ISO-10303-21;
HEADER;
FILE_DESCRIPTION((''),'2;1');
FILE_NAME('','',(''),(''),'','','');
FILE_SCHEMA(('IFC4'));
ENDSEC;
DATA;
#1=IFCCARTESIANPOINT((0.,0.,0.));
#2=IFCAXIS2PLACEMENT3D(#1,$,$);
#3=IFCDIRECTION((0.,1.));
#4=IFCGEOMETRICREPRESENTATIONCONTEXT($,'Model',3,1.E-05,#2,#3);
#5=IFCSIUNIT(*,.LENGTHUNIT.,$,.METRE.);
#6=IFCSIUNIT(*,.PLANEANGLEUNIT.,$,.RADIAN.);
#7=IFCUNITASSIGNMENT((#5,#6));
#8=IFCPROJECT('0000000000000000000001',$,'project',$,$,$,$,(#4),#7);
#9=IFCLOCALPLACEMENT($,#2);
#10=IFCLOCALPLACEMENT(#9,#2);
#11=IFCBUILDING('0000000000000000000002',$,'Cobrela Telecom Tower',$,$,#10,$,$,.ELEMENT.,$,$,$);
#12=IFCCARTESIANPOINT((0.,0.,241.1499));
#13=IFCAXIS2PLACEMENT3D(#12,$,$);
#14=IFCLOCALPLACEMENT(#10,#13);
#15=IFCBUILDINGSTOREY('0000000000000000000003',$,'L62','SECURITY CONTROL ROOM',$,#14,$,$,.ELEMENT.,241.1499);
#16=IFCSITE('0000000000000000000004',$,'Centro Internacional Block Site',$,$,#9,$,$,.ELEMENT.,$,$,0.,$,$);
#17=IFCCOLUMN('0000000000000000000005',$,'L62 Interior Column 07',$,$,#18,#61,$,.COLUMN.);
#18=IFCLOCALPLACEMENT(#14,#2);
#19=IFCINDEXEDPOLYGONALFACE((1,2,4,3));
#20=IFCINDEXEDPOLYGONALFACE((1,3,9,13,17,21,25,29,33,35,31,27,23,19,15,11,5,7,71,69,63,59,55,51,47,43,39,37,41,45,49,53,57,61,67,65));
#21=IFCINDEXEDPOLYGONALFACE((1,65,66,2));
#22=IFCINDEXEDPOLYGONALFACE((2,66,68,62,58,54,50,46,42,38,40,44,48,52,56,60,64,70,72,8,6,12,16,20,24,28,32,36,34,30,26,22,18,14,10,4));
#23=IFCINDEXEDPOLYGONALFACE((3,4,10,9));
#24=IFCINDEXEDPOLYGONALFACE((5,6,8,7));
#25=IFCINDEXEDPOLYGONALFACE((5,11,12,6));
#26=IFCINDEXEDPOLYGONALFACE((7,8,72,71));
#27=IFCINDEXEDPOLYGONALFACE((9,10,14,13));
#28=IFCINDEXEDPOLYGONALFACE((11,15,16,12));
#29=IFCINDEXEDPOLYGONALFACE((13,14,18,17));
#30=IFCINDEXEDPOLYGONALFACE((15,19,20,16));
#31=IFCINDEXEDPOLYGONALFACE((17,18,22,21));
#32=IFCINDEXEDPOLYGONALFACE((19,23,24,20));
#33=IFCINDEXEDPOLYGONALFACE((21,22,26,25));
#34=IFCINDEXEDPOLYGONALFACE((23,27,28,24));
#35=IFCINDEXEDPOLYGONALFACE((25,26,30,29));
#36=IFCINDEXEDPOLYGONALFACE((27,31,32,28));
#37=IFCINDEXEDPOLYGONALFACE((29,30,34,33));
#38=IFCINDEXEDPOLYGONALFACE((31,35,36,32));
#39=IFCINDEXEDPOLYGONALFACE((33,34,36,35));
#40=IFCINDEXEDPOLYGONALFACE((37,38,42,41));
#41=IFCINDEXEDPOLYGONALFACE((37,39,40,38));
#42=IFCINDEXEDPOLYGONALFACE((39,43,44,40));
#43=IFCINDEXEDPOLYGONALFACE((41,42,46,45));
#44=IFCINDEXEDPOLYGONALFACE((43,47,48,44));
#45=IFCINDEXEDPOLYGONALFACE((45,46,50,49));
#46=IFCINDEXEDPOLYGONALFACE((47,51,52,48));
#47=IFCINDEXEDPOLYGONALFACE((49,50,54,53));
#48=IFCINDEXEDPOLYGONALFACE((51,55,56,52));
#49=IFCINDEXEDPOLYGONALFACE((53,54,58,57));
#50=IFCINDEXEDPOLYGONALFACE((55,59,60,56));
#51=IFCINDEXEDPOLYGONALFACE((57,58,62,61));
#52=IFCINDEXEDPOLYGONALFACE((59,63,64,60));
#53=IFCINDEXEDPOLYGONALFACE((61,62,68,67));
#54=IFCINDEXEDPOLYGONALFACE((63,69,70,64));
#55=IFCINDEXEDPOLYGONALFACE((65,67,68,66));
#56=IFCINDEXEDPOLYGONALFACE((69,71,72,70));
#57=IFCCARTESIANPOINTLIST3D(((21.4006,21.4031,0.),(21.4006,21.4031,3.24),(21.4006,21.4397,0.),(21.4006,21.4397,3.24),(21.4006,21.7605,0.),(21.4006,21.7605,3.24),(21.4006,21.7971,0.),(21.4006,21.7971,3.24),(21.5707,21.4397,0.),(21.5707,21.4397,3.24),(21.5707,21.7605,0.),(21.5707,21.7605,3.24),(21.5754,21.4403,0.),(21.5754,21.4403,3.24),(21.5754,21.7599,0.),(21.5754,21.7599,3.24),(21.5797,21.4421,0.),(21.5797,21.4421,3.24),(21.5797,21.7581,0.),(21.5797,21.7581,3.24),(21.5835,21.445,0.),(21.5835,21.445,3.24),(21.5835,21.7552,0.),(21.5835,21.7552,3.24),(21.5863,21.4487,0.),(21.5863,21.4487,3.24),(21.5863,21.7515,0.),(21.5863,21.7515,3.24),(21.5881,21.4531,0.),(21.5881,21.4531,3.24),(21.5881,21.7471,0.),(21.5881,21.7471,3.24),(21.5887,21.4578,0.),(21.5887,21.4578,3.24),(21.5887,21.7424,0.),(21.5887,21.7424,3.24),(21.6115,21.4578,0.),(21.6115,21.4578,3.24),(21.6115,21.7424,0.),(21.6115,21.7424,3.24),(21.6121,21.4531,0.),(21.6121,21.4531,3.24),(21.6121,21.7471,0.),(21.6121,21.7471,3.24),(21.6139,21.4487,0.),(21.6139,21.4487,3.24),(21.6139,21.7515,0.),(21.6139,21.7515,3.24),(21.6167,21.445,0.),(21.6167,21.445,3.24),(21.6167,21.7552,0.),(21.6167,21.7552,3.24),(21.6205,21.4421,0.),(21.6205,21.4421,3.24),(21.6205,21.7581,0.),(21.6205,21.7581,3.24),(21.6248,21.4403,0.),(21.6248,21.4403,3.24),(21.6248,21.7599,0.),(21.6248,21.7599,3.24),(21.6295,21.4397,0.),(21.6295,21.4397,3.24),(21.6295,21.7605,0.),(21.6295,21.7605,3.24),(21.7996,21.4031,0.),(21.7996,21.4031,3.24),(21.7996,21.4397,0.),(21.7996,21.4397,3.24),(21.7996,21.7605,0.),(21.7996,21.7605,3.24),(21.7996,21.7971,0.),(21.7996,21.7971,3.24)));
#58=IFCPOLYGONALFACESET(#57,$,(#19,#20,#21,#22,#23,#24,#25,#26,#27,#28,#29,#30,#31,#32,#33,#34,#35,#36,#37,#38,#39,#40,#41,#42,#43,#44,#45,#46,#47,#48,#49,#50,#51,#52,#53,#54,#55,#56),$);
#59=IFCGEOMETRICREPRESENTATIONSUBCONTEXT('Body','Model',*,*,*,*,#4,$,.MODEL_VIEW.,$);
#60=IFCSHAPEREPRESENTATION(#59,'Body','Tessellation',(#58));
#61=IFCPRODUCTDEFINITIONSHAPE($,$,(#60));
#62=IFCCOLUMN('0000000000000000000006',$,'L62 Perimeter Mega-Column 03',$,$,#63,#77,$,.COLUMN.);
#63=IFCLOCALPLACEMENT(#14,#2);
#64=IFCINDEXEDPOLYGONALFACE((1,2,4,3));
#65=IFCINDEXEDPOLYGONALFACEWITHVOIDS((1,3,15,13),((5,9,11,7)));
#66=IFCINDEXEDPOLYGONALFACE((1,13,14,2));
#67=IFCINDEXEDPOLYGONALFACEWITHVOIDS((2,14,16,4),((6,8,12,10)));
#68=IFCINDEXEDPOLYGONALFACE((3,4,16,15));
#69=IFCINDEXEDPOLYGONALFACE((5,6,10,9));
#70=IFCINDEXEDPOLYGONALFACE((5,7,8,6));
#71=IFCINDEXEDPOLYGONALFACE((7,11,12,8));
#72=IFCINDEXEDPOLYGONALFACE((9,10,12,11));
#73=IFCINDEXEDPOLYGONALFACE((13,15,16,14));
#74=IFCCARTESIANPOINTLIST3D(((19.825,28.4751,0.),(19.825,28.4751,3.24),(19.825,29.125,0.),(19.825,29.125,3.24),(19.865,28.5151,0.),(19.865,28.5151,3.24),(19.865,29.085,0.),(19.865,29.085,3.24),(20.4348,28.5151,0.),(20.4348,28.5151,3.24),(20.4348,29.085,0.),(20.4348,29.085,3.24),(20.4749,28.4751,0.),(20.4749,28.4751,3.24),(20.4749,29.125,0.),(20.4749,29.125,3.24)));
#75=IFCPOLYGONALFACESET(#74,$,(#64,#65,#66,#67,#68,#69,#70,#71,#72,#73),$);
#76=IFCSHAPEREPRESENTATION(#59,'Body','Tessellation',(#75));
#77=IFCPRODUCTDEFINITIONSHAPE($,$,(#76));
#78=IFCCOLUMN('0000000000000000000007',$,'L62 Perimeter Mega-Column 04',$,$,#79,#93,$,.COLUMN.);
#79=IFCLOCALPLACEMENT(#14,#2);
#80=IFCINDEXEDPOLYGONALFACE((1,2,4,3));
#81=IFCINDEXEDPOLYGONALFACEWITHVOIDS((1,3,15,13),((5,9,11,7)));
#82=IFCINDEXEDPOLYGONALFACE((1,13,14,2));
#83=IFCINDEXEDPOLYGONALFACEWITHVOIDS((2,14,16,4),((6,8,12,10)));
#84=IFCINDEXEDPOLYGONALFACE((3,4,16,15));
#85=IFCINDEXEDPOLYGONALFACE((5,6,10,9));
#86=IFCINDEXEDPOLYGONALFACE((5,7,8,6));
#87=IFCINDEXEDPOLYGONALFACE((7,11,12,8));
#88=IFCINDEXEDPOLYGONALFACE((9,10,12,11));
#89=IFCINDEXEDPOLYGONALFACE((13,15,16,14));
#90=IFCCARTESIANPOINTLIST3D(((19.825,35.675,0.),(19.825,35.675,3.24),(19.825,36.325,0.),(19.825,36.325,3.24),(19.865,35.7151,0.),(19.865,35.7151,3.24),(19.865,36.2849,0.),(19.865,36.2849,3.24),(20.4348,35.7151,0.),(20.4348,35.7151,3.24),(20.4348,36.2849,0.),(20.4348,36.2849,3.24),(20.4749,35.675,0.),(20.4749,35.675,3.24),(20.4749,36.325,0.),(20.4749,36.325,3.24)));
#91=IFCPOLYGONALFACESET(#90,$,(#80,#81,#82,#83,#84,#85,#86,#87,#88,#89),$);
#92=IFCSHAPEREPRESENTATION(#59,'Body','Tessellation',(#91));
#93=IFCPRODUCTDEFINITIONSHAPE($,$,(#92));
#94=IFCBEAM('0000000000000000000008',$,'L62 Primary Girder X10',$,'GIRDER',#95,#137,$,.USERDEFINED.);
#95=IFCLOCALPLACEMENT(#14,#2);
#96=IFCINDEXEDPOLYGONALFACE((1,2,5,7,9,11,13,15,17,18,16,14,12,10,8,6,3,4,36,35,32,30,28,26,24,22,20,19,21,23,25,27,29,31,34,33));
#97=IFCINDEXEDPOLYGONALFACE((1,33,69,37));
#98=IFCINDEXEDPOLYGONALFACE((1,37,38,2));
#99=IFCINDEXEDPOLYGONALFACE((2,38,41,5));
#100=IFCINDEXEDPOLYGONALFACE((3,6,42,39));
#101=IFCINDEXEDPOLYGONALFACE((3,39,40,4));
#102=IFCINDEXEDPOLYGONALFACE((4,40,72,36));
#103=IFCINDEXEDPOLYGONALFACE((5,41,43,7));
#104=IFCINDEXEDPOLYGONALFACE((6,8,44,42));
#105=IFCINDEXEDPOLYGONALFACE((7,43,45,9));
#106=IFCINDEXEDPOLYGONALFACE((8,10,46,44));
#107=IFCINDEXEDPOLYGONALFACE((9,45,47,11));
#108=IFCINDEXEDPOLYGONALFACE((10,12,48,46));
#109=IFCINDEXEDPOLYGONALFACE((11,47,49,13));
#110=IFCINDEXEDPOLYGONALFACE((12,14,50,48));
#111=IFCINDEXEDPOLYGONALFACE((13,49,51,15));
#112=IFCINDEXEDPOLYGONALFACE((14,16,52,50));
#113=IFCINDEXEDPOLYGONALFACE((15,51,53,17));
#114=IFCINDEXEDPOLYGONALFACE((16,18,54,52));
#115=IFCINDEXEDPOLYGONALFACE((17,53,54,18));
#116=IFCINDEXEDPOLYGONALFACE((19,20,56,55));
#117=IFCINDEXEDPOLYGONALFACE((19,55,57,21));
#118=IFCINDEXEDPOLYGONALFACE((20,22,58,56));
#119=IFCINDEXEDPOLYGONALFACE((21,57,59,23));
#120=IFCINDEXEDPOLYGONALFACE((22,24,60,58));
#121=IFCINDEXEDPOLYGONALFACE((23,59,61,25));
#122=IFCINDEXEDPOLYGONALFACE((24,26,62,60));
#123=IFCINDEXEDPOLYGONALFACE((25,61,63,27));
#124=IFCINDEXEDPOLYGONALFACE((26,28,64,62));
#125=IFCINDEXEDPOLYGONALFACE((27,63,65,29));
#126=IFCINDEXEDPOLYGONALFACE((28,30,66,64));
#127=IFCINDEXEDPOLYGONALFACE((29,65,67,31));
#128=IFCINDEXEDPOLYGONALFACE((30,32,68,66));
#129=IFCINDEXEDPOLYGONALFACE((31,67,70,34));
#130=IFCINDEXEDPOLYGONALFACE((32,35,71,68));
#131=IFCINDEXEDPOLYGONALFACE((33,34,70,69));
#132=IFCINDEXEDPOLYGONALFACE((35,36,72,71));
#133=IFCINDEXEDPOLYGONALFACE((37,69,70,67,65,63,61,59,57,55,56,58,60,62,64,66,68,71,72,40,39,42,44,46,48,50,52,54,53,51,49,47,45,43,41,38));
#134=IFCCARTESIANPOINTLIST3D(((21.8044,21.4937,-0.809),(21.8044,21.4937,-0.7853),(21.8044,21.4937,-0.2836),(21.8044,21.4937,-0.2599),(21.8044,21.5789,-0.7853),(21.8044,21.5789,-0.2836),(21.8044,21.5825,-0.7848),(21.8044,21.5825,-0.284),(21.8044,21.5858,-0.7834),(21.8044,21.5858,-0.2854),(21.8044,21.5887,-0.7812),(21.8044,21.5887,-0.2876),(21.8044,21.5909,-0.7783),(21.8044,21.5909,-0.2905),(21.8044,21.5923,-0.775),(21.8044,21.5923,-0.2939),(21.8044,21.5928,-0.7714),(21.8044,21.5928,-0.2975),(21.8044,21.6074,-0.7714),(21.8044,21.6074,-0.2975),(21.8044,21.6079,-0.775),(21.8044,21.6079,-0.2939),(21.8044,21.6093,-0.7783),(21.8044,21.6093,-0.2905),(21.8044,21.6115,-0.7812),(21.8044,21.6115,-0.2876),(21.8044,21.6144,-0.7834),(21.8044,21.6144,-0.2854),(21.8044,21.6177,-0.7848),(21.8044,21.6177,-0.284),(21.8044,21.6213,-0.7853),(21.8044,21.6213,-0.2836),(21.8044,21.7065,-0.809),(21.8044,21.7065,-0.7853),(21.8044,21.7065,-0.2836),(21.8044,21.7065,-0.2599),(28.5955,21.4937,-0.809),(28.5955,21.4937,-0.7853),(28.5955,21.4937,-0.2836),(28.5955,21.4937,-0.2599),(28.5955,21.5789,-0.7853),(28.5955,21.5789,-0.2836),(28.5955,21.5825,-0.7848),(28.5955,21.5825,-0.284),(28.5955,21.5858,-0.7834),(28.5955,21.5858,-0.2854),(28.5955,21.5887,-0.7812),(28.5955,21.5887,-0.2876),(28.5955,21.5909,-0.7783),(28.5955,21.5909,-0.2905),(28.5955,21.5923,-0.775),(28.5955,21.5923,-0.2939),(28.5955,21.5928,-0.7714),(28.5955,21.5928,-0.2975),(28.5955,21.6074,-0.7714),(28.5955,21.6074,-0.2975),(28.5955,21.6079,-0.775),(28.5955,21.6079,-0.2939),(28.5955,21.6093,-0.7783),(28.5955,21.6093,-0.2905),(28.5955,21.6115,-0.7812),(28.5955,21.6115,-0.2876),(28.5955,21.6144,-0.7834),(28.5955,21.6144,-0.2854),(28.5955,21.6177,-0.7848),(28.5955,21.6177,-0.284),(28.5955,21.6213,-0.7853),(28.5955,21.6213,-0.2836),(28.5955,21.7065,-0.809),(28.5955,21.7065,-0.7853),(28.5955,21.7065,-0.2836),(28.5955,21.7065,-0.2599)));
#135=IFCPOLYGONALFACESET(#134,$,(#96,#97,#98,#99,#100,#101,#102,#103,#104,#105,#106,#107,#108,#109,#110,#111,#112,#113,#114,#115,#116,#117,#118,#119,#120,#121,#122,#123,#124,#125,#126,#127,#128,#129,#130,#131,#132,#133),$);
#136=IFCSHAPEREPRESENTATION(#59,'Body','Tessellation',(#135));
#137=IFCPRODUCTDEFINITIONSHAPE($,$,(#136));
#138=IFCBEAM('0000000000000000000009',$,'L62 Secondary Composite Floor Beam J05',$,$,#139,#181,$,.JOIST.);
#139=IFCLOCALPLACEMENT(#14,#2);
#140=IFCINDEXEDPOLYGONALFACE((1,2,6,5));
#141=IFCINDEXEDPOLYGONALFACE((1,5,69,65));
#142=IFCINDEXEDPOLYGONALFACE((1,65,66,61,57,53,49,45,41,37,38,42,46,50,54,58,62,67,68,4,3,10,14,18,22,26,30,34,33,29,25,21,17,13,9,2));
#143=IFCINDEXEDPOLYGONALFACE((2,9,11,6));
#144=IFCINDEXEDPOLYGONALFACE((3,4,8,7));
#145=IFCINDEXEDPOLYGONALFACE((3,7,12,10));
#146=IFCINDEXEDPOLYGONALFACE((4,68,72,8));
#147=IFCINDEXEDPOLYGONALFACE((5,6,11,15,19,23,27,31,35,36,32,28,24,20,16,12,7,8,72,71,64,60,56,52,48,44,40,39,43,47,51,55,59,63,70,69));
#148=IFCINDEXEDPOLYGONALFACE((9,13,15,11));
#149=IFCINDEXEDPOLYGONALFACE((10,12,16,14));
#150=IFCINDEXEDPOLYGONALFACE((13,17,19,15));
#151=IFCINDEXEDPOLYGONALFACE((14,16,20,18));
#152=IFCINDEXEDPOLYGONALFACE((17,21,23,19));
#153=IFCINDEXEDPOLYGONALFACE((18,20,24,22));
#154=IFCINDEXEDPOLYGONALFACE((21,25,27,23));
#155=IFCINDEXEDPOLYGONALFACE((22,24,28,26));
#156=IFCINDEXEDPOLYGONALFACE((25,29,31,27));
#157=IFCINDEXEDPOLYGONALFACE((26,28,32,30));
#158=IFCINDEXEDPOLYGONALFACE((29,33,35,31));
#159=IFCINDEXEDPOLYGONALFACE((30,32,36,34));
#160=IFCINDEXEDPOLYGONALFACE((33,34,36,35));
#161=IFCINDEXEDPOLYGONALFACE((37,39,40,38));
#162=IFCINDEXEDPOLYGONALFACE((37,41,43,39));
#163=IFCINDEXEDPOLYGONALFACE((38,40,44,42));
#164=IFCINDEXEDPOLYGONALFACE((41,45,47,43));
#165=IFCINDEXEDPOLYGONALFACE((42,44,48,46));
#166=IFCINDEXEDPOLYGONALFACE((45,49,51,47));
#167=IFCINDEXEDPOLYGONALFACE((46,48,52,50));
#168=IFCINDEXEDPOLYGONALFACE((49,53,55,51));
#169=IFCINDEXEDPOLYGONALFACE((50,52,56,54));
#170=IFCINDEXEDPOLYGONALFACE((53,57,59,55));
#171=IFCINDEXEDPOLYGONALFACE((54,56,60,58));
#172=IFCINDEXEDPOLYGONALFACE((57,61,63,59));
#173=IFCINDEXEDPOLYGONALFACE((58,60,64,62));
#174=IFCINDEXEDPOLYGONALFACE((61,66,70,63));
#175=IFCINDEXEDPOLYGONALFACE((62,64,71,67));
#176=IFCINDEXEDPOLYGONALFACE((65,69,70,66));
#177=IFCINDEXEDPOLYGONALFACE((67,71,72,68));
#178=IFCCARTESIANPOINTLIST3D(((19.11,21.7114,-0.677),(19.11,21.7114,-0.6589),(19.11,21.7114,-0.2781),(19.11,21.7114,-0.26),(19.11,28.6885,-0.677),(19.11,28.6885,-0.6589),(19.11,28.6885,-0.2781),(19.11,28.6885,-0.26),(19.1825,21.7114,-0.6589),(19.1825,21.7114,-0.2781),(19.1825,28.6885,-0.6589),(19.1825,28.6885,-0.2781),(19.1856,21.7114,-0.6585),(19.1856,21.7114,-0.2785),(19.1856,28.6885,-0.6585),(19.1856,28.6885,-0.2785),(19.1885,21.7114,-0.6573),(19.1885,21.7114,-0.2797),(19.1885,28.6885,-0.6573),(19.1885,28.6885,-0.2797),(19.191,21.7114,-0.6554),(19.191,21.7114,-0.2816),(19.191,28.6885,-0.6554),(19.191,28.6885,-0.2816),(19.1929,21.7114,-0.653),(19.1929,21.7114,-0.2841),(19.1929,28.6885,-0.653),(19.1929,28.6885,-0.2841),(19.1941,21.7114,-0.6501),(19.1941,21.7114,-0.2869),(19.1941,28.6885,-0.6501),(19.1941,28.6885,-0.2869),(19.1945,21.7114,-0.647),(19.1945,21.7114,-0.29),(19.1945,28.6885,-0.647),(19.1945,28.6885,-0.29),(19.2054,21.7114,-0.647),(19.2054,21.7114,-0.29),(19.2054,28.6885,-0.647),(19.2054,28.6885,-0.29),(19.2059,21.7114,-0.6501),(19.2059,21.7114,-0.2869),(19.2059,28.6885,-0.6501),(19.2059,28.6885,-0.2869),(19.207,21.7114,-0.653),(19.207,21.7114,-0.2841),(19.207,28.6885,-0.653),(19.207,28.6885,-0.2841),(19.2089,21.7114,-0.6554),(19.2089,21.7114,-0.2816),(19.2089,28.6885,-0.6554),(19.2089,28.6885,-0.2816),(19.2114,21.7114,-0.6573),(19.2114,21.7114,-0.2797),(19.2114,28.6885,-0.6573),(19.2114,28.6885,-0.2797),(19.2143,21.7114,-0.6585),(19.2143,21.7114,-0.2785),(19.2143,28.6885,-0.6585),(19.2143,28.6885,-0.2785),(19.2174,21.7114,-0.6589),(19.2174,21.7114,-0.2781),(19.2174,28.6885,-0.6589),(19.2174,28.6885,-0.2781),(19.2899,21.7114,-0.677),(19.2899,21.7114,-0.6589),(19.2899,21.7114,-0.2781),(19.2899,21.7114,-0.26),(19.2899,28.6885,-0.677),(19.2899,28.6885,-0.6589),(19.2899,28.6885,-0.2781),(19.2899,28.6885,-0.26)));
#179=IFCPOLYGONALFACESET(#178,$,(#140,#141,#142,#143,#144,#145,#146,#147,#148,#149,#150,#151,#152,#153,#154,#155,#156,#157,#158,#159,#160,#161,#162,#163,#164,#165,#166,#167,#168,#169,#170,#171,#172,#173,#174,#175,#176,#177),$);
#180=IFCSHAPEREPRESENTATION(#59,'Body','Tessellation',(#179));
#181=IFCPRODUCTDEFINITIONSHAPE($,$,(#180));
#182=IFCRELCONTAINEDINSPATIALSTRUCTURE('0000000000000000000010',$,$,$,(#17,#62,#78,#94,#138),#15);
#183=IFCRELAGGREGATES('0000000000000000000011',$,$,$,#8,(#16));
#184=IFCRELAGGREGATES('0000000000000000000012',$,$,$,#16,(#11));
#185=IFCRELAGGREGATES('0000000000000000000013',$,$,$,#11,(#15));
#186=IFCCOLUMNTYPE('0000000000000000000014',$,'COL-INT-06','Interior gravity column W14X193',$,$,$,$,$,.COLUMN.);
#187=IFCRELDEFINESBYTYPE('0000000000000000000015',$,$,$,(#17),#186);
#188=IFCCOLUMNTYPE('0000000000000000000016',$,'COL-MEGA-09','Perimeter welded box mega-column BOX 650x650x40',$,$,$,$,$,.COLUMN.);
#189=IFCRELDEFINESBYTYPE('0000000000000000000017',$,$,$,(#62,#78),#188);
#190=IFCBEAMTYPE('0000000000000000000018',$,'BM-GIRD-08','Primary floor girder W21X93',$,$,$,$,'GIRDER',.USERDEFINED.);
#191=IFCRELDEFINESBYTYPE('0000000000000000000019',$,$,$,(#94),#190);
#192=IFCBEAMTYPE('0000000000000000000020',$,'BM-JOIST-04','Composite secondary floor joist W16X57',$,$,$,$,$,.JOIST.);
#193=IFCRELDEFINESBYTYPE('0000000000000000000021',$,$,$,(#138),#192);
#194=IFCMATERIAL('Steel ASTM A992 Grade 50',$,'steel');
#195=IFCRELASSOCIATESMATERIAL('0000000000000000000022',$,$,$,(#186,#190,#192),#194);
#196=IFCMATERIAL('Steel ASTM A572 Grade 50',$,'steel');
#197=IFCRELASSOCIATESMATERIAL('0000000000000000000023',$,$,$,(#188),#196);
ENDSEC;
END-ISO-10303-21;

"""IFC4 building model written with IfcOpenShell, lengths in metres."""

from ifc_helpers import new_model, si_unit, direction, frame, origin, origin_2d, place, context, subcontext, project, spatial, hollow_rectangle, i_section, extrude, material, material_profile, profile_set, type_object, element, save


model = new_model("IFC4")

# Units and contexts
model_context = context("Model", 3, precision=1e-05, world=origin(), true_north=direction((0.0, 1.0)))
body_context = subcontext(model_context, "Body", "Model", "MODEL_VIEW")
ifc_project = project(units=[si_unit("LENGTHUNIT", "METRE"), si_unit("PLANEANGLEUNIT", "RADIAN")], contexts=[model_context])

# Site, building, storey
site_placement = place(None, origin())
site = spatial("IfcSite", under=ifc_project, at=site_placement, Name="Centro Internacional Block Site", CompositionType="ELEMENT", RefElevation=0.0)
building_placement = place(site_placement, origin())
building = spatial("IfcBuilding", under=site, at=building_placement, Name="Cobrela Telecom Tower", CompositionType="ELEMENT")
storey_placement = place(building_placement, frame((0.0, 0.0, 241.1499)))
storey = spatial("IfcBuildingStorey", under=building, at=storey_placement, Name="L62", Description="SECURITY CONTROL ROOM", CompositionType="ELEMENT", Elevation=241.1499)

# Columns
ifc_material_1 = material(Name="Steel ASTM A992 Grade 50", Category="steel")
ifc_material_profile_1 = material_profile(ifc_material_1, i_section(OverallWidth=0.3989, OverallDepth=0.394, WebThickness=0.0227, FlangeThickness=0.0366, FilletRadius=0.0181, at=origin_2d()), Name="W14X193")
ifc_profile_set_1 = profile_set([ifc_material_profile_1], Name="Steel ASTM A992 Grade 50")
column_type_1 = type_object("IfcColumnType", Name="COL-INT-06", Description="Interior gravity column W14X193", PredefinedType="COLUMN", material=ifc_profile_set_1)
column_placement = place(storey_placement, frame((21.6001, 21.6001, 0.0), z_axis=(0.0, 0.0, 1.0), x_axis=(1.0, 0.0, 0.0)))
element("IfcColumn", 1, at=column_placement, inside=storey, type_object=column_type_1, Name="L62 Interior Column 07", PredefinedType="COLUMN", context=body_context, shape_type="SweptSolid", body=[
    extrude(i_section(OverallWidth=0.3989, OverallDepth=0.394, WebThickness=0.0227, FlangeThickness=0.0366, FilletRadius=0.0181, at=origin_2d()), origin(), (0.0, 0.0, 1.0), 3.24),
])
ifc_material_2 = material(Name="Steel ASTM A572 Grade 50", Category="steel")
ifc_material_profile_2 = material_profile(ifc_material_2, hollow_rectangle(XDim=0.6499, YDim=0.6499, WallThickness=0.04, at=origin_2d()), Name="BOX 650x650x40")
ifc_profile_set_2 = profile_set([ifc_material_profile_2], Name="Steel ASTM A572 Grade 50")
column_type_2 = type_object("IfcColumnType", Name="COL-MEGA-09", Description="Perimeter welded box mega-column BOX 650x650x40", PredefinedType="COLUMN", material=ifc_profile_set_2)
for number, where, z_axis, x_axis, name in (
    (2, (20.1499, 28.8, 0.0), (0.0, 0.0, 1.0), (1.0, 0.0, 0.0), "L62 Perimeter Mega-Column 03"),
    (3, (20.1499, 36.0, 0.0), (0.0, 0.0, 1.0), (1.0, 0.0, 0.0), "L62 Perimeter Mega-Column 04"),
):
    element("IfcColumn", number, at=place(storey_placement, frame(where, z_axis=z_axis, x_axis=x_axis)), inside=storey, type_object=column_type_2, Name=name, PredefinedType="COLUMN", context=body_context, shape_type="SweptSolid", body=[
        extrude(hollow_rectangle(XDim=0.6499, YDim=0.6499, WallThickness=0.04, at=origin_2d()), origin(), (0.0, 0.0, 1.0), 3.24),
    ])

# Beams
ifc_material_profile_3 = material_profile(ifc_material_1, i_section(OverallWidth=0.2129, OverallDepth=0.5491, WebThickness=0.0146, FlangeThickness=0.0237, FilletRadius=0.0139, at=origin_2d()), Name="W21X93")
ifc_profile_set_3 = profile_set([ifc_material_profile_3], Name="Steel ASTM A992 Grade 50")
beam_type_1 = type_object("IfcBeamType", Name="BM-GIRD-08", Description="Primary floor girder W21X93", ElementType="GIRDER", PredefinedType="USERDEFINED", material=ifc_profile_set_3)
beam_1_placement = place(storey_placement, frame((21.8044, 21.6001, -0.5344), z_axis=(1.0, 0.0, 0.0), x_axis=(0.0, 1.0, 0.0)))
element("IfcBeam", 4, at=beam_1_placement, inside=storey, type_object=beam_type_1, Name="L62 Primary Girder X10", ObjectType="GIRDER", PredefinedType="USERDEFINED", context=body_context, shape_type="SweptSolid", body=[
    extrude(i_section(OverallWidth=0.2129, OverallDepth=0.5491, WebThickness=0.0146, FlangeThickness=0.0237, FilletRadius=0.0139, at=origin_2d()), origin(), (0.0, 0.0, 1.0), 6.791),
])
ifc_material_profile_4 = material_profile(ifc_material_1, i_section(OverallWidth=0.1799, OverallDepth=0.417, WebThickness=0.011, FlangeThickness=0.0181, FilletRadius=0.012, at=origin_2d()), Name="W16X57")
ifc_profile_set_4 = profile_set([ifc_material_profile_4], Name="Steel ASTM A992 Grade 50")
beam_type_2 = type_object("IfcBeamType", Name="BM-JOIST-04", Description="Composite secondary floor joist W16X57", PredefinedType="JOIST", material=ifc_profile_set_4)
beam_2_placement = place(storey_placement, frame((19.2, 21.7114, -0.4685), z_axis=(0.0, 1.0, 0.0), x_axis=(-1.0, 0.0, 0.0)))
element("IfcBeam", 5, at=beam_2_placement, inside=storey, type_object=beam_type_2, Name="L62 Secondary Composite Floor Beam J05", PredefinedType="JOIST", context=body_context, shape_type="SweptSolid", body=[
    extrude(i_section(OverallWidth=0.1799, OverallDepth=0.417, WebThickness=0.011, FlangeThickness=0.0181, FilletRadius=0.012, at=origin_2d()), origin(), (0.0, 0.0, 1.0), 6.9771),
])

save(model, "model.ifc")
